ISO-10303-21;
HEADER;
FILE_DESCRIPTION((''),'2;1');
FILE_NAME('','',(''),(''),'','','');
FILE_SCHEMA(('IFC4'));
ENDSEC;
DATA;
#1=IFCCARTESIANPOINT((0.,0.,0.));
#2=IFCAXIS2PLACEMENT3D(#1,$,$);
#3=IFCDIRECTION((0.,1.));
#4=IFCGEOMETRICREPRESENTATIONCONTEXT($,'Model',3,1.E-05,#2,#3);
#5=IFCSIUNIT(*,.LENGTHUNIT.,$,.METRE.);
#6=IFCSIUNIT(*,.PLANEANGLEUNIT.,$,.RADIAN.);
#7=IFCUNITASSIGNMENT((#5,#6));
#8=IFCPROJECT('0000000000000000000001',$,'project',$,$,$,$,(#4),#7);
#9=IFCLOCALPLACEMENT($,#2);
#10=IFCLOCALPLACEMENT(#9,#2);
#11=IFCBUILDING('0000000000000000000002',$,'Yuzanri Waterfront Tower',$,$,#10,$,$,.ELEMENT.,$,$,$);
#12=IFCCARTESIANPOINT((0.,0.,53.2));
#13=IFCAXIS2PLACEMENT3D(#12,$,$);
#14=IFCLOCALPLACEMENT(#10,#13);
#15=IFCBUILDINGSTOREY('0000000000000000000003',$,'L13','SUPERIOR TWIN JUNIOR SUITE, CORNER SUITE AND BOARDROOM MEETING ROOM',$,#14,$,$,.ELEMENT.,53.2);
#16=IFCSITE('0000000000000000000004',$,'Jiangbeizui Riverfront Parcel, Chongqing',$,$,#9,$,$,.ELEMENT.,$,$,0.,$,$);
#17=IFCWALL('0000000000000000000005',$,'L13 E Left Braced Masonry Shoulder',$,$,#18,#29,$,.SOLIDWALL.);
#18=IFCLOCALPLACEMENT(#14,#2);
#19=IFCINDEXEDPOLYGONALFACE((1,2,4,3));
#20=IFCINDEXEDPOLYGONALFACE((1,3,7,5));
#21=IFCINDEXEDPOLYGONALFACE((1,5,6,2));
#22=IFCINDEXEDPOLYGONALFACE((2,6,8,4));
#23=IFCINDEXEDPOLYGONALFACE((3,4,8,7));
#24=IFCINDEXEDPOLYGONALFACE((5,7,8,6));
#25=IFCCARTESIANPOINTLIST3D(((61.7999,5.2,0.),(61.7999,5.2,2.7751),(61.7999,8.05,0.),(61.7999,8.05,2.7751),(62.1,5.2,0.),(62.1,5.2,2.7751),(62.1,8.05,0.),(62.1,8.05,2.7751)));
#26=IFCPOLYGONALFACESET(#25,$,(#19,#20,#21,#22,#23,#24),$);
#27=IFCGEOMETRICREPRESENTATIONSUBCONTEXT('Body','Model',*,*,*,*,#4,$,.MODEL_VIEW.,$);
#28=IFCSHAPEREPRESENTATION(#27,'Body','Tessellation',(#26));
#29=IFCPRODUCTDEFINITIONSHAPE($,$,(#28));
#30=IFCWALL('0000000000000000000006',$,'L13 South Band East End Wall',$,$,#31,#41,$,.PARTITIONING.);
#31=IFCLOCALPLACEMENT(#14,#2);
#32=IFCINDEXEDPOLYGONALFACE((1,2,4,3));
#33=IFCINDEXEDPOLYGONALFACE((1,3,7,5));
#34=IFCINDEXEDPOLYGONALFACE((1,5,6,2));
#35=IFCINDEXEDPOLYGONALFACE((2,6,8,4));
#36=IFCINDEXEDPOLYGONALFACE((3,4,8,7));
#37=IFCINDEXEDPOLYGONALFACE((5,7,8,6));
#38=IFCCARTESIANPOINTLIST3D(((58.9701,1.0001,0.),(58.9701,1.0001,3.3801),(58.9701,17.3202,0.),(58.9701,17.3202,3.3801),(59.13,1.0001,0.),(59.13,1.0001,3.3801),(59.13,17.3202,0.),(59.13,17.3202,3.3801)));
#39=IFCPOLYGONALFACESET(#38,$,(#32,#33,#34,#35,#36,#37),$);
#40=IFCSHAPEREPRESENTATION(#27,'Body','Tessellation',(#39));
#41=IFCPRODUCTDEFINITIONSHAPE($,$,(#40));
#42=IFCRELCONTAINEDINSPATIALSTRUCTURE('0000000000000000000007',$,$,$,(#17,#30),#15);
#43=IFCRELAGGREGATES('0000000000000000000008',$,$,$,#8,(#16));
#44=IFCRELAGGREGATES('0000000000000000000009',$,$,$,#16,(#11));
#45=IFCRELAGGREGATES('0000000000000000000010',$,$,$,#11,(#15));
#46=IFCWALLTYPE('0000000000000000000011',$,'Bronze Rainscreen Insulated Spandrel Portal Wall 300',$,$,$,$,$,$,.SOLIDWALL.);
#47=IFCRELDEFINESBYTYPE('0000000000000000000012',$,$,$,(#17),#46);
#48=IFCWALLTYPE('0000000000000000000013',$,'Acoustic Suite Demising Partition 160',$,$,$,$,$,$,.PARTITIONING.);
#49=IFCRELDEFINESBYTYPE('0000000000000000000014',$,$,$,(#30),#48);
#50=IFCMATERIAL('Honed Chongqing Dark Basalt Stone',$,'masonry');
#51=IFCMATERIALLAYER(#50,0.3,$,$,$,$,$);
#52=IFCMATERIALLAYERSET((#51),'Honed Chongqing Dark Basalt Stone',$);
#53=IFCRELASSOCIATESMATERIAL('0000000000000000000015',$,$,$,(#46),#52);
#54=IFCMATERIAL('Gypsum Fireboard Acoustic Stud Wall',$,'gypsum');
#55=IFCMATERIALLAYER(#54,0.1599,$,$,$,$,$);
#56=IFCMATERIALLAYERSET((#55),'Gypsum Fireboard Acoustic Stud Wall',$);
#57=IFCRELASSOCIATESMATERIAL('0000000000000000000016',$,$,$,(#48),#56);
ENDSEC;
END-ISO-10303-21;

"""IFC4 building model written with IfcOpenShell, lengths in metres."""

from ifc_helpers import new_model, si_unit, direction, frame, frame_2d, origin, place, context, subcontext, project, spatial, rectangle, extrude, source, transform, mapped, material, layer, layer_set, type_object, element, save


model = new_model("IFC4")

# Units and contexts
model_context = context("Model", 3, precision=1e-05, world=origin(), true_north=direction((0.0, 1.0)))
body_context = subcontext(model_context, "Body", "Model", "MODEL_VIEW")
ifc_project = project(units=[si_unit("LENGTHUNIT", "METRE"), si_unit("PLANEANGLEUNIT", "RADIAN")], contexts=[model_context])

# Site, building, storey
site_placement = place(None, origin())
site = spatial("IfcSite", under=ifc_project, at=site_placement, Name="Jiangbeizui Riverfront Parcel, Chongqing", CompositionType="ELEMENT", RefElevation=0.0)
building_placement = place(site_placement, origin())
building = spatial("IfcBuilding", under=site, at=building_placement, Name="Yuzanri Waterfront Tower", CompositionType="ELEMENT")
storey_placement = place(building_placement, frame((0.0, 0.0, 53.2)))
storey = spatial("IfcBuildingStorey", under=building, at=storey_placement, Name="L13", Description="SUPERIOR TWIN JUNIOR SUITE, CORNER SUITE AND BOARDROOM MEETING ROOM", CompositionType="ELEMENT", Elevation=53.2)

# Shared definitions
ifc_material_1 = material(Name="Honed Chongqing Dark Basalt Stone", Category="masonry")
ifc_layer_1 = layer(ifc_material_1, 0.3)
ifc_layer_set_1 = layer_set([ifc_layer_1], Name="Honed Chongqing Dark Basalt Stone")
wall_type_1 = type_object("IfcWallType", Name="Bronze Rainscreen Insulated Spandrel Portal Wall 300", PredefinedType="SOLIDWALL", material=ifc_layer_set_1)

# Walls
shared_shape_1 = source(origin(), body_context, "Body", "SweptSolid", [
    extrude(rectangle(XDim=2.8501, YDim=0.3, at=frame_2d((1.425, 0.0))), origin(), (0.0, 0.0, 1.0), 2.7751),
])
for number, where, z_axis, x_axis, name in (
    (1, (61.95, 5.2, 0.0), (0.0, 0.0, 1.0), (0.0, 1.0, 0.0), "L13 E Left Braced Masonry Shoulder"),
):
    element("IfcWall", number, at=place(storey_placement, frame(where, z_axis=z_axis, x_axis=x_axis)), inside=storey, type_object=wall_type_1, Name=name, PredefinedType="SOLIDWALL", context=body_context, shape_type="MappedRepresentation", body=[
        mapped(shared_shape_1, transform((0.0, 0.0, 0.0), scale=1.0)),
    ])
ifc_material_2 = material(Name="Gypsum Fireboard Acoustic Stud Wall", Category="gypsum")
ifc_layer_2 = layer(ifc_material_2, 0.1599)
ifc_layer_set_2 = layer_set([ifc_layer_2], Name="Gypsum Fireboard Acoustic Stud Wall")
wall_type_2 = type_object("IfcWallType", Name="Acoustic Suite Demising Partition 160", PredefinedType="PARTITIONING", material=ifc_layer_set_2)
shared_shape_2 = source(origin(), body_context, "Body", "SweptSolid", [
    extrude(rectangle(XDim=16.3201, YDim=0.1599, at=frame_2d((8.1602, 0.0))), origin(), (0.0, 0.0, 1.0), 3.3801),
])
wall_1_placement = place(storey_placement, frame((59.05, 1.0, 0.0), z_axis=(0.0, 0.0, 1.0), x_axis=(0.0, 1.0, 0.0)))
element("IfcWall", 2, at=wall_1_placement, inside=storey, type_object=wall_type_2, Name="L13 South Band East End Wall", PredefinedType="PARTITIONING", context=body_context, shape_type="MappedRepresentation", body=[
    mapped(shared_shape_2, transform((0.0, 0.0, 0.0), scale=1.0)),
])

save(model, "model.ifc")
